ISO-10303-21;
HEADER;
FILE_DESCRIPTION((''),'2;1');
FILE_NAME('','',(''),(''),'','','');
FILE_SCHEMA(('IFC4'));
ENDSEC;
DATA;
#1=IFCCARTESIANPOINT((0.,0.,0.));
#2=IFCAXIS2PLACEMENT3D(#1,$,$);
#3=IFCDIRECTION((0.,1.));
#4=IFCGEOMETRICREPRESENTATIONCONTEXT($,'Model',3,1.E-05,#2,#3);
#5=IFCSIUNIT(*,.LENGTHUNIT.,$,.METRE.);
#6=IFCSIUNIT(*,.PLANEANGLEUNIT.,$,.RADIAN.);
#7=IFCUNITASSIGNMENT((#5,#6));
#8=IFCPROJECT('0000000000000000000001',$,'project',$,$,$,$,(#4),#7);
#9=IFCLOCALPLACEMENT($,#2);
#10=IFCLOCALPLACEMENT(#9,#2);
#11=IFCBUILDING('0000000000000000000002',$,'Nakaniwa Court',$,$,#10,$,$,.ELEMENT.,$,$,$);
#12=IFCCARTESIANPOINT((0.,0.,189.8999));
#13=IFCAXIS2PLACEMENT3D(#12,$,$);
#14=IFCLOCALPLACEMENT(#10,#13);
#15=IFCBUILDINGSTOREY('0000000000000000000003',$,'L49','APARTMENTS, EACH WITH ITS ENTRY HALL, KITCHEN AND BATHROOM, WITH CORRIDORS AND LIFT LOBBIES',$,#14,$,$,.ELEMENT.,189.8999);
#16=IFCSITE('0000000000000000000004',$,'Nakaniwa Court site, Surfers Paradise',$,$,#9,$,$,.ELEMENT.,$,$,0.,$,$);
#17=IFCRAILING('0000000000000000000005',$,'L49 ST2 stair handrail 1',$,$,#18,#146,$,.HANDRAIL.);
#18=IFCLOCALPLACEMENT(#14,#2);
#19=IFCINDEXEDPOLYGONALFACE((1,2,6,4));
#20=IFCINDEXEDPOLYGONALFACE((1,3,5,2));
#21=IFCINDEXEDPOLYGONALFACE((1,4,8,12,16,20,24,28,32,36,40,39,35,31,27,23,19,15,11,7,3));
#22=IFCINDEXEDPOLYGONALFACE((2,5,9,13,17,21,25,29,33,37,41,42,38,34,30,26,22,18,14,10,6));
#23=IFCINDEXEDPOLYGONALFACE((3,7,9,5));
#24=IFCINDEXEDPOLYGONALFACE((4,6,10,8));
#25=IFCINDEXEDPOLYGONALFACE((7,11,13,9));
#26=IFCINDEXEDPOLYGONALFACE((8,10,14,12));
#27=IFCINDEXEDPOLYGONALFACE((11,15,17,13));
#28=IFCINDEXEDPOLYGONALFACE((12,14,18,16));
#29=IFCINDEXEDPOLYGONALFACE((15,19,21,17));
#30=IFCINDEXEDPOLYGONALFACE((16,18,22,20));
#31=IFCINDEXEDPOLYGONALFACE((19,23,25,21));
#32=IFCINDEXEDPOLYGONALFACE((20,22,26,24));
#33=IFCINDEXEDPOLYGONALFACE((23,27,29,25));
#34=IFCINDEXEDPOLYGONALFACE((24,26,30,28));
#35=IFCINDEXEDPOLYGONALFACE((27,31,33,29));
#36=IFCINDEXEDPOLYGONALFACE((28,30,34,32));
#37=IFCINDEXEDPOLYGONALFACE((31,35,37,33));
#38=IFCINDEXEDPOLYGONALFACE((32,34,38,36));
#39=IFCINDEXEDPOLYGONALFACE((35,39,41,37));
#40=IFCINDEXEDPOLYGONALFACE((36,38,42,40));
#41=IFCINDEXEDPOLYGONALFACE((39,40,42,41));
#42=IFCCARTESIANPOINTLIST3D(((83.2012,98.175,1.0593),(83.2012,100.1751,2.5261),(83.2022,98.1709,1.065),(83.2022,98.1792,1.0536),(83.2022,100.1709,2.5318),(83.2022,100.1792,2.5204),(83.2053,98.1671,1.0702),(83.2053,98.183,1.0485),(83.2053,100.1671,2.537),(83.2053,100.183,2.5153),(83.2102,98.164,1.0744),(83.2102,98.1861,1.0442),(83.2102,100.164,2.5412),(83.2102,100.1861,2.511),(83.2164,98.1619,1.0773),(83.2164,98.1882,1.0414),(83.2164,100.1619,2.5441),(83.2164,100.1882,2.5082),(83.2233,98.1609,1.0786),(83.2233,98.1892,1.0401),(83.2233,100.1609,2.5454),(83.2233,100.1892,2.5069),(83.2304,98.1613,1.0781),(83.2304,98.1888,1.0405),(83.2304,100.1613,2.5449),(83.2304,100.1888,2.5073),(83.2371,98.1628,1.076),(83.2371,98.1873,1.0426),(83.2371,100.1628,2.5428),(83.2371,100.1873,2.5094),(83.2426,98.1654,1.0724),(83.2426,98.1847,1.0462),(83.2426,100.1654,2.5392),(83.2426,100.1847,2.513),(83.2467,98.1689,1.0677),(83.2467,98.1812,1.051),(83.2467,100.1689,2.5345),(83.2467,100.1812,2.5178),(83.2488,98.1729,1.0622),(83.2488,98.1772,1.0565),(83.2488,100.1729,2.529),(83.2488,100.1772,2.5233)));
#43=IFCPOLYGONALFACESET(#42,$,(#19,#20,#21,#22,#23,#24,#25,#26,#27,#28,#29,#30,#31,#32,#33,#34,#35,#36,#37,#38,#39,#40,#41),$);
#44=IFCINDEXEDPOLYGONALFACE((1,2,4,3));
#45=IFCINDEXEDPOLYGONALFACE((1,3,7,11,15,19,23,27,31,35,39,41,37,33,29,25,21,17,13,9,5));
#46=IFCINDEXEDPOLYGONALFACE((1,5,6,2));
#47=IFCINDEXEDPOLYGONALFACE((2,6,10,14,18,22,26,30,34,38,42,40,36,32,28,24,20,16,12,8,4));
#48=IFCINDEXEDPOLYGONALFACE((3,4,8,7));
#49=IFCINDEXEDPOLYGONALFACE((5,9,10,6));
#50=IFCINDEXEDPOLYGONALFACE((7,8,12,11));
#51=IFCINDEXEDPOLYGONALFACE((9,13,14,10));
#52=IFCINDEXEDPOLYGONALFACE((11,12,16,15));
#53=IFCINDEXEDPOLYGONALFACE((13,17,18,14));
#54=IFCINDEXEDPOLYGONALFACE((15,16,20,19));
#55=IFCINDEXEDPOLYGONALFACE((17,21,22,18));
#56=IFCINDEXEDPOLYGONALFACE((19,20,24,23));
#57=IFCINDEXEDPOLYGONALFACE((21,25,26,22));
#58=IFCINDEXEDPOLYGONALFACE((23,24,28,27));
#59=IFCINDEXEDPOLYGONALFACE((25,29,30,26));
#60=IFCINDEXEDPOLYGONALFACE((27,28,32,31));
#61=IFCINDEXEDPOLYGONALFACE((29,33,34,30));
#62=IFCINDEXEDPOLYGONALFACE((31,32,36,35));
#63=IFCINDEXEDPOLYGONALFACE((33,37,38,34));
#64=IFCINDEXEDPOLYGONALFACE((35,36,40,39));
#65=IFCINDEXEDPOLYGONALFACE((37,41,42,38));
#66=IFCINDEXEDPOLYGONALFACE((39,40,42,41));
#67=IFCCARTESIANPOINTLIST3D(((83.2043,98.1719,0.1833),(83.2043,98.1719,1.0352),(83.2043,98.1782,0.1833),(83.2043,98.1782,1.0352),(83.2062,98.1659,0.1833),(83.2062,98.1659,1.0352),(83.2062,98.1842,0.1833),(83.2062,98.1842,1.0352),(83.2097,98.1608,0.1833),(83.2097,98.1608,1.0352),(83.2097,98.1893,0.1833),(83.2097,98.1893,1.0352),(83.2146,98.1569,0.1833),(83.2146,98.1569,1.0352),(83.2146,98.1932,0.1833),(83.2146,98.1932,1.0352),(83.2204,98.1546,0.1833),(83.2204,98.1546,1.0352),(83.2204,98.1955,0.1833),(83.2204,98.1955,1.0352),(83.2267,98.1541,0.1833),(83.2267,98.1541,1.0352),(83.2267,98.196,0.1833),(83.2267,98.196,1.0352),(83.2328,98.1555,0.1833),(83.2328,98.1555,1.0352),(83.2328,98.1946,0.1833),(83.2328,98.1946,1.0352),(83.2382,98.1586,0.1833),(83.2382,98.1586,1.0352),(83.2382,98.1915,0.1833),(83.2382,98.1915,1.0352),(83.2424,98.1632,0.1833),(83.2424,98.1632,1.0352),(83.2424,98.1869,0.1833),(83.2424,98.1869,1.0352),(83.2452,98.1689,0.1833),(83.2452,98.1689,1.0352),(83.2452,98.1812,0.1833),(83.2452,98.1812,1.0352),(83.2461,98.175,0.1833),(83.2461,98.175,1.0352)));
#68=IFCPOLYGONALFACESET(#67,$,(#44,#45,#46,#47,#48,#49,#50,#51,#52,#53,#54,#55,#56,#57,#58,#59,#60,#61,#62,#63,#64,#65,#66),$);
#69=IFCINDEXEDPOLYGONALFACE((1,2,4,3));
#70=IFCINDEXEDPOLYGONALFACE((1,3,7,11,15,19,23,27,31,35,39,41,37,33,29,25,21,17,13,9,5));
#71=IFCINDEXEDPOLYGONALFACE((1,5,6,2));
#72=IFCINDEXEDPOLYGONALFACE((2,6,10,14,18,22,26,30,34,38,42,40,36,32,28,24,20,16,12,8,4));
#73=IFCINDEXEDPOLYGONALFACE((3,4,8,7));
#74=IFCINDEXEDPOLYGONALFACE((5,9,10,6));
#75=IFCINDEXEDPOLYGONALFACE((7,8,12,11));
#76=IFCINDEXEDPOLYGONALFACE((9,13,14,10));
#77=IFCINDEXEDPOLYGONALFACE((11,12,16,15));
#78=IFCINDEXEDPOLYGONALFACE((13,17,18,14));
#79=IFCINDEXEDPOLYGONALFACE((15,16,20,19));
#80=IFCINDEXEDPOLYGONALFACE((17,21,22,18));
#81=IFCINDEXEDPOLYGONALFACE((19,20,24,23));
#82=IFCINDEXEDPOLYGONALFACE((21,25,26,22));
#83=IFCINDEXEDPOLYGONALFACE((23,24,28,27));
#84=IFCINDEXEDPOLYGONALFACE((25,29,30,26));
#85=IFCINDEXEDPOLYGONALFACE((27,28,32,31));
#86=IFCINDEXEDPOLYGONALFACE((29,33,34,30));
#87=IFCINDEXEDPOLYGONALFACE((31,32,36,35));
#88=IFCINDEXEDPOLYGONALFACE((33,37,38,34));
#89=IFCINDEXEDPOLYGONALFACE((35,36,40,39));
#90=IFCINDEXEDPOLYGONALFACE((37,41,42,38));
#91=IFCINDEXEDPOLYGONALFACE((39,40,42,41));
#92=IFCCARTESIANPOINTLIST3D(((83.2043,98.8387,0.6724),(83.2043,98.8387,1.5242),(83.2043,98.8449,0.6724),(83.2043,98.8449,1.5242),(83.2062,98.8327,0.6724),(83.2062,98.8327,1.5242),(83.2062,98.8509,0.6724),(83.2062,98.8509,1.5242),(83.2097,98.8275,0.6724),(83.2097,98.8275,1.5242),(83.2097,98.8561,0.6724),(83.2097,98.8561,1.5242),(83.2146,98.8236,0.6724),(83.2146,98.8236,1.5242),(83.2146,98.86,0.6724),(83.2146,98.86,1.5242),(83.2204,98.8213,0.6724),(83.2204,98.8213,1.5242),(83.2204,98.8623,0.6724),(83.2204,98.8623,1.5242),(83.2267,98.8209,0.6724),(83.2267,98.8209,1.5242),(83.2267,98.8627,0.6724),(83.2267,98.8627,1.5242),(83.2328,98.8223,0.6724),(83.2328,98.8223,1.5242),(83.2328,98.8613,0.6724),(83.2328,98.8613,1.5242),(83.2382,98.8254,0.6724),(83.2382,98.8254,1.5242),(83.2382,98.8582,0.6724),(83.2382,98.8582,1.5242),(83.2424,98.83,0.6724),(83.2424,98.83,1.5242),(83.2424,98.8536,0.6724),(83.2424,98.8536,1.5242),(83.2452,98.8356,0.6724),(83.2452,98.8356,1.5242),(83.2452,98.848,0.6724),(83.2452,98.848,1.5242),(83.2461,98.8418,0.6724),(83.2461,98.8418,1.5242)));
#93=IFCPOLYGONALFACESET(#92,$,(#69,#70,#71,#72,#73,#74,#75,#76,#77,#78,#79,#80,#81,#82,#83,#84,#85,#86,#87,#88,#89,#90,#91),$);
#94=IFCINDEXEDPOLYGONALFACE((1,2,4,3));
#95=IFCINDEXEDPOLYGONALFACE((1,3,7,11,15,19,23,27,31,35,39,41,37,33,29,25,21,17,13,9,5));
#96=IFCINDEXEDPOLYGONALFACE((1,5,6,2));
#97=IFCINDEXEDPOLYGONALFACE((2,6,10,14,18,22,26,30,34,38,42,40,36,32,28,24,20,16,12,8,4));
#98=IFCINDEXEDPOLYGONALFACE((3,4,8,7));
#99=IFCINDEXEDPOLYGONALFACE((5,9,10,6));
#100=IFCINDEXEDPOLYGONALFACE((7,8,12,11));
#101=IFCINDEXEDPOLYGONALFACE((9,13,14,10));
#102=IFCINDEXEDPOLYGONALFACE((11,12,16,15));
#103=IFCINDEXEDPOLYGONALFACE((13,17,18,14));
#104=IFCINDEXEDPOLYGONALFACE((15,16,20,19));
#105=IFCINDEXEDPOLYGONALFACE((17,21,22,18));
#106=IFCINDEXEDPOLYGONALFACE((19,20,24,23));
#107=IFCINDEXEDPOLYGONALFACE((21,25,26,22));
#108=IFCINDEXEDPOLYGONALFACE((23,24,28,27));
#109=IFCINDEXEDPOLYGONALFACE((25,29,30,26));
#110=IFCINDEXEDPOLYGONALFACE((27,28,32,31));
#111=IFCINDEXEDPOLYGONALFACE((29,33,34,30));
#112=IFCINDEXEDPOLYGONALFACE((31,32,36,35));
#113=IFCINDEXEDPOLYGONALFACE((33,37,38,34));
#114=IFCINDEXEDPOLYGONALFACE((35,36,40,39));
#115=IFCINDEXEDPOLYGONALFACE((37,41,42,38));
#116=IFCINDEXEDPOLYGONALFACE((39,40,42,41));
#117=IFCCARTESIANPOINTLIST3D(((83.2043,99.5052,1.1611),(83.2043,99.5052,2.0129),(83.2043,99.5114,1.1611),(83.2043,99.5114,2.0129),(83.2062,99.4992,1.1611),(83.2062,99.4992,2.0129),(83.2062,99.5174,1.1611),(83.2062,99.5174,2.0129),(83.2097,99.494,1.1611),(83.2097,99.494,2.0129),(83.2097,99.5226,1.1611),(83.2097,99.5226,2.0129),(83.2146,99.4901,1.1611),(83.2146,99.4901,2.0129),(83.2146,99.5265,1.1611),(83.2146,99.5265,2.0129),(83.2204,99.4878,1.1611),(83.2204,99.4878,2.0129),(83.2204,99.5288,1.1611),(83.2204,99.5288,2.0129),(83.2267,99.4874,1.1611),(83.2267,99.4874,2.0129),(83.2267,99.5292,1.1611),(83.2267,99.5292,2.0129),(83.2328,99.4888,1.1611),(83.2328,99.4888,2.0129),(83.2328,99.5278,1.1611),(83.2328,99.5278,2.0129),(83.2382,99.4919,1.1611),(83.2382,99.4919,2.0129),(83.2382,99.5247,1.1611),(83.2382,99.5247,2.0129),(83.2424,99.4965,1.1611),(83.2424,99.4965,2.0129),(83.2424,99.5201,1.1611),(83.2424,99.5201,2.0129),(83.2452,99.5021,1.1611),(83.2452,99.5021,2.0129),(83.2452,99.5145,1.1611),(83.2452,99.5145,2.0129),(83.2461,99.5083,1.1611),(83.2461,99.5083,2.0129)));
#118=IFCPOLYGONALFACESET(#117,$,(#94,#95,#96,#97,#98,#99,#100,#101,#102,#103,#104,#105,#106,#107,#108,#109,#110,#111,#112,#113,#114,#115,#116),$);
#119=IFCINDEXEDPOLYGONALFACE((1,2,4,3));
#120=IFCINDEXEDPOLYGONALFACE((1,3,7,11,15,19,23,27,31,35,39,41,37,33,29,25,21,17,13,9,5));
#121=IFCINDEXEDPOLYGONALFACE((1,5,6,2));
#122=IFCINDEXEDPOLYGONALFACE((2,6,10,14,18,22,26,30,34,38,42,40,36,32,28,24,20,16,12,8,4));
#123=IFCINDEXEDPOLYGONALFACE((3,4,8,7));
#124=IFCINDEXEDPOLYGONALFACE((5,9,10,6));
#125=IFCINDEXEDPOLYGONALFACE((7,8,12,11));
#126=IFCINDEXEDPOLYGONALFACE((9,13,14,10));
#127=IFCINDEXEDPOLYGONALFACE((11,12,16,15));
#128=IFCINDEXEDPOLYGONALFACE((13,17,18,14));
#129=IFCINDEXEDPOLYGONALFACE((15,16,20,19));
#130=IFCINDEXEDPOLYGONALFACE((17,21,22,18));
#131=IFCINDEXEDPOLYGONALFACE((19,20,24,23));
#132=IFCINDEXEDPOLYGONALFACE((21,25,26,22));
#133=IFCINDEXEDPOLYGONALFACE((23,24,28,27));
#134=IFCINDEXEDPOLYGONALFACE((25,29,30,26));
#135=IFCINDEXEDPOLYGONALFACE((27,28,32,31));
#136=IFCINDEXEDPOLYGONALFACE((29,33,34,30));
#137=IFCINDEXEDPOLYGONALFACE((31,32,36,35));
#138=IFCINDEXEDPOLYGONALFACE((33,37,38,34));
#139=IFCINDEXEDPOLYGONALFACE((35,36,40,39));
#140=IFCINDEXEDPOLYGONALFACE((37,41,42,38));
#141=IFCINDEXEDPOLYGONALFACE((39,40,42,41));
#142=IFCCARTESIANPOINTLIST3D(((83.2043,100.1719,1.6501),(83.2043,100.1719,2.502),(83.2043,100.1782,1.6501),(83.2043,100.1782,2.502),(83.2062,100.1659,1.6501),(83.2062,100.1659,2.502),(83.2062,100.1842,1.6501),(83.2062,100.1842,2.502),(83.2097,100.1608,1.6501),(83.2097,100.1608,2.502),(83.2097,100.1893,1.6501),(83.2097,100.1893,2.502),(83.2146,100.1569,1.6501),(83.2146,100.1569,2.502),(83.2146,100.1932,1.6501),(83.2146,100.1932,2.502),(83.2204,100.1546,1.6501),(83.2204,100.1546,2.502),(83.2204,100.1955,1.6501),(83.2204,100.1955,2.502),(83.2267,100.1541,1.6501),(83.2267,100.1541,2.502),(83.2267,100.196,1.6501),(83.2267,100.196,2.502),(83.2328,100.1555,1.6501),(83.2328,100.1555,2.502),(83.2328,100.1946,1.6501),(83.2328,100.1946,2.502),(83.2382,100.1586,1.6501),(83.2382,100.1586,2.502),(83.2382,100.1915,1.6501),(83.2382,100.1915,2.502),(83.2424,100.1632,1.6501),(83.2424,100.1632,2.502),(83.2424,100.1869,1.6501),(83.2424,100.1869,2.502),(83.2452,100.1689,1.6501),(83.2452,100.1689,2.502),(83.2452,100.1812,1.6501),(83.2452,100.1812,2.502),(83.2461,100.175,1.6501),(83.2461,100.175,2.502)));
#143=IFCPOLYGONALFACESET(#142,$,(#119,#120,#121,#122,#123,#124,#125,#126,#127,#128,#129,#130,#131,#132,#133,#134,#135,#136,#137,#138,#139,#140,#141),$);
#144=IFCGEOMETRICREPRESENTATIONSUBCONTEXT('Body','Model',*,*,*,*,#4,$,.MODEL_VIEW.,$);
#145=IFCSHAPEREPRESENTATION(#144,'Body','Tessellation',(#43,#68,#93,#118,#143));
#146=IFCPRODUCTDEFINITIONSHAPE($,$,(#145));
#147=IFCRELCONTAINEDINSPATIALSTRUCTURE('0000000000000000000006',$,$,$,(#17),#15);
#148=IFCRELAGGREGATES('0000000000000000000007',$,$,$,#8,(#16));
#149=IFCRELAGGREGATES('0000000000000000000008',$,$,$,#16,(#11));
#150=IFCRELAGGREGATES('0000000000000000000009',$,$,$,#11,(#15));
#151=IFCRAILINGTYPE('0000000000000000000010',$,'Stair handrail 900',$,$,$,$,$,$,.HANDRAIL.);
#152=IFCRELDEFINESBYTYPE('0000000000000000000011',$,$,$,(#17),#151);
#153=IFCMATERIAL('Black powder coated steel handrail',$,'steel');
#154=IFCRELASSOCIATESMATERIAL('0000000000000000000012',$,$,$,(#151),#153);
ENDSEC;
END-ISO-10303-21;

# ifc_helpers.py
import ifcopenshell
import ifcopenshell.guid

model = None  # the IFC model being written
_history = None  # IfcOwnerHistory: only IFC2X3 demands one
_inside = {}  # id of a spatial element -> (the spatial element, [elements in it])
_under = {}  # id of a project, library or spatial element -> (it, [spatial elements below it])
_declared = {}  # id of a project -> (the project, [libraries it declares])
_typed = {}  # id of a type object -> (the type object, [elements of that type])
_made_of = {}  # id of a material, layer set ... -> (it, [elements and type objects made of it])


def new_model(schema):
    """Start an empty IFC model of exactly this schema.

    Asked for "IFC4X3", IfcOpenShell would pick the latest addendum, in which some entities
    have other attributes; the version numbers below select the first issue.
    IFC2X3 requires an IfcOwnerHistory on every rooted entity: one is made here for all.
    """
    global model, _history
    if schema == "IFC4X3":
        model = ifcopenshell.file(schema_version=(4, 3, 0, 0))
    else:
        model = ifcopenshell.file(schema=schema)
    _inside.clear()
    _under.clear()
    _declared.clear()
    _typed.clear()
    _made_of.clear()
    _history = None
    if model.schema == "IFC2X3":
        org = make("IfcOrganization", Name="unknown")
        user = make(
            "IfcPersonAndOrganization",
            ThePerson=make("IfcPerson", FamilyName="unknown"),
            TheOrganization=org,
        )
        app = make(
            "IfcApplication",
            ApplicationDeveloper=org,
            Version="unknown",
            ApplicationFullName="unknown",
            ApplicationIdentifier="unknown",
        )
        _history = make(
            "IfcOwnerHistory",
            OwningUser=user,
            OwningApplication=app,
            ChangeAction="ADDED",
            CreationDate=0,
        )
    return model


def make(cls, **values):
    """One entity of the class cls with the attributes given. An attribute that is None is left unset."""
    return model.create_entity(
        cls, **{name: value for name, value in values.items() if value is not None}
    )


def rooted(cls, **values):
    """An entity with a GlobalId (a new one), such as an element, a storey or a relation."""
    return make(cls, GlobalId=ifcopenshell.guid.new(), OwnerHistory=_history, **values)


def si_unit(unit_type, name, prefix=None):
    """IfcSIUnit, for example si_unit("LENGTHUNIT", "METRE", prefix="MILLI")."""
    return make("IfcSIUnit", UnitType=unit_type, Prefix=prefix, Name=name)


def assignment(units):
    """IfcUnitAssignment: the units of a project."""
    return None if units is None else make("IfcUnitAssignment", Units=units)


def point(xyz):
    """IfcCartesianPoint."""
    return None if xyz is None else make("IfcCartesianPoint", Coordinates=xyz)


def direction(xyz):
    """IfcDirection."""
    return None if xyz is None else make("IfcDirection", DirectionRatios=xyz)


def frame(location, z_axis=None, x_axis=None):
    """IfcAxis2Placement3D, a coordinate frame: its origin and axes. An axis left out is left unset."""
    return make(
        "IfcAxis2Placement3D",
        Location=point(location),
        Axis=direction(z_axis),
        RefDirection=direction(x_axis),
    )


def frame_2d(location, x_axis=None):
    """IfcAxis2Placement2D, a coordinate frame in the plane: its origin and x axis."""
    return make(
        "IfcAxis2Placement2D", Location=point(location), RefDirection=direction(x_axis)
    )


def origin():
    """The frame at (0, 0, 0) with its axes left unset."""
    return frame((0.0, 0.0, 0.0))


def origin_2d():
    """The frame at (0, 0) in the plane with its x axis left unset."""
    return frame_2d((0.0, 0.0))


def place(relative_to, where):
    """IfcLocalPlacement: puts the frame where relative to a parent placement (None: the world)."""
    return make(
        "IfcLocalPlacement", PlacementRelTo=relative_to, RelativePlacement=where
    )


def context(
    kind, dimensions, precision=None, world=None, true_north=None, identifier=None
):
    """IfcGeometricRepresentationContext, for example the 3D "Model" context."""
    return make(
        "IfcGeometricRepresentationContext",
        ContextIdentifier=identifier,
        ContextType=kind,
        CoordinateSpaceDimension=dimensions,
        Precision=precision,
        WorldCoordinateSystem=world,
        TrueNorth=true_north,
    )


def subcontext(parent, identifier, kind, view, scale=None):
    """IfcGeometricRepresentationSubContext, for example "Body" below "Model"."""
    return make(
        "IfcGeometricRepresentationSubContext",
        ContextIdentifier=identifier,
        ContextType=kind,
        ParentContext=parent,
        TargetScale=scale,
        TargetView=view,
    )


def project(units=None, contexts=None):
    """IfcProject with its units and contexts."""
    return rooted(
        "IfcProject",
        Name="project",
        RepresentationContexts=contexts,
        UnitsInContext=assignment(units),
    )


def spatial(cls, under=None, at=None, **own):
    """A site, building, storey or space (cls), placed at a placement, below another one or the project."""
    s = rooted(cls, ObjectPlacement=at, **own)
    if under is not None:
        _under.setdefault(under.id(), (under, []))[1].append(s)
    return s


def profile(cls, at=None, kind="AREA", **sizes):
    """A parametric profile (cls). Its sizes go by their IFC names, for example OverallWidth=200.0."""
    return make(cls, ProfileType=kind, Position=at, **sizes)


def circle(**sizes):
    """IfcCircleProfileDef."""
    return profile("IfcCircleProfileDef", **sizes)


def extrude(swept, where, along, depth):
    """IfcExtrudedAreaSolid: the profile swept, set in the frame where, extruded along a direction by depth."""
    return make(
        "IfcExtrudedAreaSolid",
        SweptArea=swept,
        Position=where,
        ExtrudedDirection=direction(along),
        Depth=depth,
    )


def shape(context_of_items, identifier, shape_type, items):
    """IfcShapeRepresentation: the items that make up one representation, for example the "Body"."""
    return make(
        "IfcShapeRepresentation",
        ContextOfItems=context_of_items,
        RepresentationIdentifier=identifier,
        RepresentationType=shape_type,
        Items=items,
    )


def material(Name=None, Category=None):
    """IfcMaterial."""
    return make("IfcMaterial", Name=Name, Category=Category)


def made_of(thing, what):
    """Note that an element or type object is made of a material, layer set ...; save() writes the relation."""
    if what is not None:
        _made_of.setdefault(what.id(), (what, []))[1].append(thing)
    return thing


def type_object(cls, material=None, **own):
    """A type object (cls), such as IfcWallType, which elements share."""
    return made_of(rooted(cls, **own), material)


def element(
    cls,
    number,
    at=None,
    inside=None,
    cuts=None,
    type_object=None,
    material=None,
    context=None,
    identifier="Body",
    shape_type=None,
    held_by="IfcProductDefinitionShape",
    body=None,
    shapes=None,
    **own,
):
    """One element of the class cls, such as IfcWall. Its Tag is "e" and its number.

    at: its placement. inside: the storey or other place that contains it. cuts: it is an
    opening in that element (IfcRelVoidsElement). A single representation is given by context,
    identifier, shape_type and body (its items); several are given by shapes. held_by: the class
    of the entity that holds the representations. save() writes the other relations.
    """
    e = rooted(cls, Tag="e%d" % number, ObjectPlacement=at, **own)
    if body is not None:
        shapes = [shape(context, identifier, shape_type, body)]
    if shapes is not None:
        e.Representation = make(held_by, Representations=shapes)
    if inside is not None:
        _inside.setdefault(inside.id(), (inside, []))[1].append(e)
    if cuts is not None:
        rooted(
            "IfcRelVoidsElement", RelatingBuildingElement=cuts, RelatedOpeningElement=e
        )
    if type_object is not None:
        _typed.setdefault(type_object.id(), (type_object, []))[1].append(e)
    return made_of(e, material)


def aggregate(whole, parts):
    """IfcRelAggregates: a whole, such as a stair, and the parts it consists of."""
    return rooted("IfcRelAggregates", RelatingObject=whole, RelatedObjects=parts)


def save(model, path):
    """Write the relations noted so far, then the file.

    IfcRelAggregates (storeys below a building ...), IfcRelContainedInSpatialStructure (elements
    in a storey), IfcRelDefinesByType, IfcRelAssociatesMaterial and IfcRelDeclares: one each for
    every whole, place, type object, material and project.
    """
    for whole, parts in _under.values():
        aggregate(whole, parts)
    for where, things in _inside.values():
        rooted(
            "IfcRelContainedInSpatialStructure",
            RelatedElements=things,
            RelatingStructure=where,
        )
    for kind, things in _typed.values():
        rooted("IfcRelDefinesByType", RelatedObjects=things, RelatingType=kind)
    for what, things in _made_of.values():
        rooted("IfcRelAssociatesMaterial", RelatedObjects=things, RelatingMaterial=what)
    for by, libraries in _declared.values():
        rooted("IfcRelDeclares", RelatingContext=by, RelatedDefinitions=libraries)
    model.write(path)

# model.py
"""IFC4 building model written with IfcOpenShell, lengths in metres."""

from ifc_helpers import new_model, si_unit, direction, frame, origin, origin_2d, place, context, subcontext, project, spatial, circle, extrude, material, type_object, element, save


model = new_model("IFC4")

# Units and contexts
model_context = context("Model", 3, precision=1e-05, world=origin(), true_north=direction((0.0, 1.0)))
body_context = subcontext(model_context, "Body", "Model", "MODEL_VIEW")
ifc_project = project(units=[si_unit("LENGTHUNIT", "METRE"), si_unit("PLANEANGLEUNIT", "RADIAN")], contexts=[model_context])

# Site, building, storey
site_placement = place(None, origin())
site = spatial("IfcSite", under=ifc_project, at=site_placement, Name="Nakaniwa Court site, Surfers Paradise", CompositionType="ELEMENT", RefElevation=0.0)
building_placement = place(site_placement, origin())
building = spatial("IfcBuilding", under=site, at=building_placement, Name="Nakaniwa Court", CompositionType="ELEMENT")
storey_placement = place(building_placement, frame((0.0, 0.0, 189.8999)))
storey = spatial("IfcBuildingStorey", under=building, at=storey_placement, Name="L49", Description="APARTMENTS, EACH WITH ITS ENTRY HALL, KITCHEN AND BATHROOM, WITH CORRIDORS AND LIFT LOBBIES", CompositionType="ELEMENT", Elevation=189.8999)

# Railing
ifc_material_1 = material(Name="Black powder coated steel handrail", Category="steel")
railing_type_1 = type_object("IfcRailingType", Name="Stair handrail 900", PredefinedType="HANDRAIL", material=ifc_material_1)
railing_1_placement = place(storey_placement, frame((83.2251, 98.175, 0.1833)))
element("IfcRailing", 1, at=railing_1_placement, inside=storey, type_object=railing_type_1, Name="L49 ST2 stair handrail 1", PredefinedType="HANDRAIL", context=body_context, shape_type="SweptSolid", body=[
    extrude(circle(Radius=0.0239, at=origin_2d()), frame((0.0, 0.0, 0.876), z_axis=(0.0, 0.80638, 0.591398), x_axis=(-1.0, 0.0, 0.0)), (0.0, 0.0, 1.0), 2.4802),
    extrude(circle(Radius=0.021, at=origin_2d()), origin(), (0.0, 0.0, 1.0), 0.8518),
    extrude(circle(Radius=0.021, at=origin_2d()), frame((0.0, 0.6667, 0.489)), (0.0, 0.0, 1.0), 0.8518),
    extrude(circle(Radius=0.021, at=origin_2d()), frame((0.0, 1.3333, 0.9778)), (0.0, 0.0, 1.0), 0.8518),
    extrude(circle(Radius=0.021, at=origin_2d()), frame((0.0, 2.0, 1.4668)), (0.0, 0.0, 1.0), 0.8518),
])

save(model, "model.ifc")
